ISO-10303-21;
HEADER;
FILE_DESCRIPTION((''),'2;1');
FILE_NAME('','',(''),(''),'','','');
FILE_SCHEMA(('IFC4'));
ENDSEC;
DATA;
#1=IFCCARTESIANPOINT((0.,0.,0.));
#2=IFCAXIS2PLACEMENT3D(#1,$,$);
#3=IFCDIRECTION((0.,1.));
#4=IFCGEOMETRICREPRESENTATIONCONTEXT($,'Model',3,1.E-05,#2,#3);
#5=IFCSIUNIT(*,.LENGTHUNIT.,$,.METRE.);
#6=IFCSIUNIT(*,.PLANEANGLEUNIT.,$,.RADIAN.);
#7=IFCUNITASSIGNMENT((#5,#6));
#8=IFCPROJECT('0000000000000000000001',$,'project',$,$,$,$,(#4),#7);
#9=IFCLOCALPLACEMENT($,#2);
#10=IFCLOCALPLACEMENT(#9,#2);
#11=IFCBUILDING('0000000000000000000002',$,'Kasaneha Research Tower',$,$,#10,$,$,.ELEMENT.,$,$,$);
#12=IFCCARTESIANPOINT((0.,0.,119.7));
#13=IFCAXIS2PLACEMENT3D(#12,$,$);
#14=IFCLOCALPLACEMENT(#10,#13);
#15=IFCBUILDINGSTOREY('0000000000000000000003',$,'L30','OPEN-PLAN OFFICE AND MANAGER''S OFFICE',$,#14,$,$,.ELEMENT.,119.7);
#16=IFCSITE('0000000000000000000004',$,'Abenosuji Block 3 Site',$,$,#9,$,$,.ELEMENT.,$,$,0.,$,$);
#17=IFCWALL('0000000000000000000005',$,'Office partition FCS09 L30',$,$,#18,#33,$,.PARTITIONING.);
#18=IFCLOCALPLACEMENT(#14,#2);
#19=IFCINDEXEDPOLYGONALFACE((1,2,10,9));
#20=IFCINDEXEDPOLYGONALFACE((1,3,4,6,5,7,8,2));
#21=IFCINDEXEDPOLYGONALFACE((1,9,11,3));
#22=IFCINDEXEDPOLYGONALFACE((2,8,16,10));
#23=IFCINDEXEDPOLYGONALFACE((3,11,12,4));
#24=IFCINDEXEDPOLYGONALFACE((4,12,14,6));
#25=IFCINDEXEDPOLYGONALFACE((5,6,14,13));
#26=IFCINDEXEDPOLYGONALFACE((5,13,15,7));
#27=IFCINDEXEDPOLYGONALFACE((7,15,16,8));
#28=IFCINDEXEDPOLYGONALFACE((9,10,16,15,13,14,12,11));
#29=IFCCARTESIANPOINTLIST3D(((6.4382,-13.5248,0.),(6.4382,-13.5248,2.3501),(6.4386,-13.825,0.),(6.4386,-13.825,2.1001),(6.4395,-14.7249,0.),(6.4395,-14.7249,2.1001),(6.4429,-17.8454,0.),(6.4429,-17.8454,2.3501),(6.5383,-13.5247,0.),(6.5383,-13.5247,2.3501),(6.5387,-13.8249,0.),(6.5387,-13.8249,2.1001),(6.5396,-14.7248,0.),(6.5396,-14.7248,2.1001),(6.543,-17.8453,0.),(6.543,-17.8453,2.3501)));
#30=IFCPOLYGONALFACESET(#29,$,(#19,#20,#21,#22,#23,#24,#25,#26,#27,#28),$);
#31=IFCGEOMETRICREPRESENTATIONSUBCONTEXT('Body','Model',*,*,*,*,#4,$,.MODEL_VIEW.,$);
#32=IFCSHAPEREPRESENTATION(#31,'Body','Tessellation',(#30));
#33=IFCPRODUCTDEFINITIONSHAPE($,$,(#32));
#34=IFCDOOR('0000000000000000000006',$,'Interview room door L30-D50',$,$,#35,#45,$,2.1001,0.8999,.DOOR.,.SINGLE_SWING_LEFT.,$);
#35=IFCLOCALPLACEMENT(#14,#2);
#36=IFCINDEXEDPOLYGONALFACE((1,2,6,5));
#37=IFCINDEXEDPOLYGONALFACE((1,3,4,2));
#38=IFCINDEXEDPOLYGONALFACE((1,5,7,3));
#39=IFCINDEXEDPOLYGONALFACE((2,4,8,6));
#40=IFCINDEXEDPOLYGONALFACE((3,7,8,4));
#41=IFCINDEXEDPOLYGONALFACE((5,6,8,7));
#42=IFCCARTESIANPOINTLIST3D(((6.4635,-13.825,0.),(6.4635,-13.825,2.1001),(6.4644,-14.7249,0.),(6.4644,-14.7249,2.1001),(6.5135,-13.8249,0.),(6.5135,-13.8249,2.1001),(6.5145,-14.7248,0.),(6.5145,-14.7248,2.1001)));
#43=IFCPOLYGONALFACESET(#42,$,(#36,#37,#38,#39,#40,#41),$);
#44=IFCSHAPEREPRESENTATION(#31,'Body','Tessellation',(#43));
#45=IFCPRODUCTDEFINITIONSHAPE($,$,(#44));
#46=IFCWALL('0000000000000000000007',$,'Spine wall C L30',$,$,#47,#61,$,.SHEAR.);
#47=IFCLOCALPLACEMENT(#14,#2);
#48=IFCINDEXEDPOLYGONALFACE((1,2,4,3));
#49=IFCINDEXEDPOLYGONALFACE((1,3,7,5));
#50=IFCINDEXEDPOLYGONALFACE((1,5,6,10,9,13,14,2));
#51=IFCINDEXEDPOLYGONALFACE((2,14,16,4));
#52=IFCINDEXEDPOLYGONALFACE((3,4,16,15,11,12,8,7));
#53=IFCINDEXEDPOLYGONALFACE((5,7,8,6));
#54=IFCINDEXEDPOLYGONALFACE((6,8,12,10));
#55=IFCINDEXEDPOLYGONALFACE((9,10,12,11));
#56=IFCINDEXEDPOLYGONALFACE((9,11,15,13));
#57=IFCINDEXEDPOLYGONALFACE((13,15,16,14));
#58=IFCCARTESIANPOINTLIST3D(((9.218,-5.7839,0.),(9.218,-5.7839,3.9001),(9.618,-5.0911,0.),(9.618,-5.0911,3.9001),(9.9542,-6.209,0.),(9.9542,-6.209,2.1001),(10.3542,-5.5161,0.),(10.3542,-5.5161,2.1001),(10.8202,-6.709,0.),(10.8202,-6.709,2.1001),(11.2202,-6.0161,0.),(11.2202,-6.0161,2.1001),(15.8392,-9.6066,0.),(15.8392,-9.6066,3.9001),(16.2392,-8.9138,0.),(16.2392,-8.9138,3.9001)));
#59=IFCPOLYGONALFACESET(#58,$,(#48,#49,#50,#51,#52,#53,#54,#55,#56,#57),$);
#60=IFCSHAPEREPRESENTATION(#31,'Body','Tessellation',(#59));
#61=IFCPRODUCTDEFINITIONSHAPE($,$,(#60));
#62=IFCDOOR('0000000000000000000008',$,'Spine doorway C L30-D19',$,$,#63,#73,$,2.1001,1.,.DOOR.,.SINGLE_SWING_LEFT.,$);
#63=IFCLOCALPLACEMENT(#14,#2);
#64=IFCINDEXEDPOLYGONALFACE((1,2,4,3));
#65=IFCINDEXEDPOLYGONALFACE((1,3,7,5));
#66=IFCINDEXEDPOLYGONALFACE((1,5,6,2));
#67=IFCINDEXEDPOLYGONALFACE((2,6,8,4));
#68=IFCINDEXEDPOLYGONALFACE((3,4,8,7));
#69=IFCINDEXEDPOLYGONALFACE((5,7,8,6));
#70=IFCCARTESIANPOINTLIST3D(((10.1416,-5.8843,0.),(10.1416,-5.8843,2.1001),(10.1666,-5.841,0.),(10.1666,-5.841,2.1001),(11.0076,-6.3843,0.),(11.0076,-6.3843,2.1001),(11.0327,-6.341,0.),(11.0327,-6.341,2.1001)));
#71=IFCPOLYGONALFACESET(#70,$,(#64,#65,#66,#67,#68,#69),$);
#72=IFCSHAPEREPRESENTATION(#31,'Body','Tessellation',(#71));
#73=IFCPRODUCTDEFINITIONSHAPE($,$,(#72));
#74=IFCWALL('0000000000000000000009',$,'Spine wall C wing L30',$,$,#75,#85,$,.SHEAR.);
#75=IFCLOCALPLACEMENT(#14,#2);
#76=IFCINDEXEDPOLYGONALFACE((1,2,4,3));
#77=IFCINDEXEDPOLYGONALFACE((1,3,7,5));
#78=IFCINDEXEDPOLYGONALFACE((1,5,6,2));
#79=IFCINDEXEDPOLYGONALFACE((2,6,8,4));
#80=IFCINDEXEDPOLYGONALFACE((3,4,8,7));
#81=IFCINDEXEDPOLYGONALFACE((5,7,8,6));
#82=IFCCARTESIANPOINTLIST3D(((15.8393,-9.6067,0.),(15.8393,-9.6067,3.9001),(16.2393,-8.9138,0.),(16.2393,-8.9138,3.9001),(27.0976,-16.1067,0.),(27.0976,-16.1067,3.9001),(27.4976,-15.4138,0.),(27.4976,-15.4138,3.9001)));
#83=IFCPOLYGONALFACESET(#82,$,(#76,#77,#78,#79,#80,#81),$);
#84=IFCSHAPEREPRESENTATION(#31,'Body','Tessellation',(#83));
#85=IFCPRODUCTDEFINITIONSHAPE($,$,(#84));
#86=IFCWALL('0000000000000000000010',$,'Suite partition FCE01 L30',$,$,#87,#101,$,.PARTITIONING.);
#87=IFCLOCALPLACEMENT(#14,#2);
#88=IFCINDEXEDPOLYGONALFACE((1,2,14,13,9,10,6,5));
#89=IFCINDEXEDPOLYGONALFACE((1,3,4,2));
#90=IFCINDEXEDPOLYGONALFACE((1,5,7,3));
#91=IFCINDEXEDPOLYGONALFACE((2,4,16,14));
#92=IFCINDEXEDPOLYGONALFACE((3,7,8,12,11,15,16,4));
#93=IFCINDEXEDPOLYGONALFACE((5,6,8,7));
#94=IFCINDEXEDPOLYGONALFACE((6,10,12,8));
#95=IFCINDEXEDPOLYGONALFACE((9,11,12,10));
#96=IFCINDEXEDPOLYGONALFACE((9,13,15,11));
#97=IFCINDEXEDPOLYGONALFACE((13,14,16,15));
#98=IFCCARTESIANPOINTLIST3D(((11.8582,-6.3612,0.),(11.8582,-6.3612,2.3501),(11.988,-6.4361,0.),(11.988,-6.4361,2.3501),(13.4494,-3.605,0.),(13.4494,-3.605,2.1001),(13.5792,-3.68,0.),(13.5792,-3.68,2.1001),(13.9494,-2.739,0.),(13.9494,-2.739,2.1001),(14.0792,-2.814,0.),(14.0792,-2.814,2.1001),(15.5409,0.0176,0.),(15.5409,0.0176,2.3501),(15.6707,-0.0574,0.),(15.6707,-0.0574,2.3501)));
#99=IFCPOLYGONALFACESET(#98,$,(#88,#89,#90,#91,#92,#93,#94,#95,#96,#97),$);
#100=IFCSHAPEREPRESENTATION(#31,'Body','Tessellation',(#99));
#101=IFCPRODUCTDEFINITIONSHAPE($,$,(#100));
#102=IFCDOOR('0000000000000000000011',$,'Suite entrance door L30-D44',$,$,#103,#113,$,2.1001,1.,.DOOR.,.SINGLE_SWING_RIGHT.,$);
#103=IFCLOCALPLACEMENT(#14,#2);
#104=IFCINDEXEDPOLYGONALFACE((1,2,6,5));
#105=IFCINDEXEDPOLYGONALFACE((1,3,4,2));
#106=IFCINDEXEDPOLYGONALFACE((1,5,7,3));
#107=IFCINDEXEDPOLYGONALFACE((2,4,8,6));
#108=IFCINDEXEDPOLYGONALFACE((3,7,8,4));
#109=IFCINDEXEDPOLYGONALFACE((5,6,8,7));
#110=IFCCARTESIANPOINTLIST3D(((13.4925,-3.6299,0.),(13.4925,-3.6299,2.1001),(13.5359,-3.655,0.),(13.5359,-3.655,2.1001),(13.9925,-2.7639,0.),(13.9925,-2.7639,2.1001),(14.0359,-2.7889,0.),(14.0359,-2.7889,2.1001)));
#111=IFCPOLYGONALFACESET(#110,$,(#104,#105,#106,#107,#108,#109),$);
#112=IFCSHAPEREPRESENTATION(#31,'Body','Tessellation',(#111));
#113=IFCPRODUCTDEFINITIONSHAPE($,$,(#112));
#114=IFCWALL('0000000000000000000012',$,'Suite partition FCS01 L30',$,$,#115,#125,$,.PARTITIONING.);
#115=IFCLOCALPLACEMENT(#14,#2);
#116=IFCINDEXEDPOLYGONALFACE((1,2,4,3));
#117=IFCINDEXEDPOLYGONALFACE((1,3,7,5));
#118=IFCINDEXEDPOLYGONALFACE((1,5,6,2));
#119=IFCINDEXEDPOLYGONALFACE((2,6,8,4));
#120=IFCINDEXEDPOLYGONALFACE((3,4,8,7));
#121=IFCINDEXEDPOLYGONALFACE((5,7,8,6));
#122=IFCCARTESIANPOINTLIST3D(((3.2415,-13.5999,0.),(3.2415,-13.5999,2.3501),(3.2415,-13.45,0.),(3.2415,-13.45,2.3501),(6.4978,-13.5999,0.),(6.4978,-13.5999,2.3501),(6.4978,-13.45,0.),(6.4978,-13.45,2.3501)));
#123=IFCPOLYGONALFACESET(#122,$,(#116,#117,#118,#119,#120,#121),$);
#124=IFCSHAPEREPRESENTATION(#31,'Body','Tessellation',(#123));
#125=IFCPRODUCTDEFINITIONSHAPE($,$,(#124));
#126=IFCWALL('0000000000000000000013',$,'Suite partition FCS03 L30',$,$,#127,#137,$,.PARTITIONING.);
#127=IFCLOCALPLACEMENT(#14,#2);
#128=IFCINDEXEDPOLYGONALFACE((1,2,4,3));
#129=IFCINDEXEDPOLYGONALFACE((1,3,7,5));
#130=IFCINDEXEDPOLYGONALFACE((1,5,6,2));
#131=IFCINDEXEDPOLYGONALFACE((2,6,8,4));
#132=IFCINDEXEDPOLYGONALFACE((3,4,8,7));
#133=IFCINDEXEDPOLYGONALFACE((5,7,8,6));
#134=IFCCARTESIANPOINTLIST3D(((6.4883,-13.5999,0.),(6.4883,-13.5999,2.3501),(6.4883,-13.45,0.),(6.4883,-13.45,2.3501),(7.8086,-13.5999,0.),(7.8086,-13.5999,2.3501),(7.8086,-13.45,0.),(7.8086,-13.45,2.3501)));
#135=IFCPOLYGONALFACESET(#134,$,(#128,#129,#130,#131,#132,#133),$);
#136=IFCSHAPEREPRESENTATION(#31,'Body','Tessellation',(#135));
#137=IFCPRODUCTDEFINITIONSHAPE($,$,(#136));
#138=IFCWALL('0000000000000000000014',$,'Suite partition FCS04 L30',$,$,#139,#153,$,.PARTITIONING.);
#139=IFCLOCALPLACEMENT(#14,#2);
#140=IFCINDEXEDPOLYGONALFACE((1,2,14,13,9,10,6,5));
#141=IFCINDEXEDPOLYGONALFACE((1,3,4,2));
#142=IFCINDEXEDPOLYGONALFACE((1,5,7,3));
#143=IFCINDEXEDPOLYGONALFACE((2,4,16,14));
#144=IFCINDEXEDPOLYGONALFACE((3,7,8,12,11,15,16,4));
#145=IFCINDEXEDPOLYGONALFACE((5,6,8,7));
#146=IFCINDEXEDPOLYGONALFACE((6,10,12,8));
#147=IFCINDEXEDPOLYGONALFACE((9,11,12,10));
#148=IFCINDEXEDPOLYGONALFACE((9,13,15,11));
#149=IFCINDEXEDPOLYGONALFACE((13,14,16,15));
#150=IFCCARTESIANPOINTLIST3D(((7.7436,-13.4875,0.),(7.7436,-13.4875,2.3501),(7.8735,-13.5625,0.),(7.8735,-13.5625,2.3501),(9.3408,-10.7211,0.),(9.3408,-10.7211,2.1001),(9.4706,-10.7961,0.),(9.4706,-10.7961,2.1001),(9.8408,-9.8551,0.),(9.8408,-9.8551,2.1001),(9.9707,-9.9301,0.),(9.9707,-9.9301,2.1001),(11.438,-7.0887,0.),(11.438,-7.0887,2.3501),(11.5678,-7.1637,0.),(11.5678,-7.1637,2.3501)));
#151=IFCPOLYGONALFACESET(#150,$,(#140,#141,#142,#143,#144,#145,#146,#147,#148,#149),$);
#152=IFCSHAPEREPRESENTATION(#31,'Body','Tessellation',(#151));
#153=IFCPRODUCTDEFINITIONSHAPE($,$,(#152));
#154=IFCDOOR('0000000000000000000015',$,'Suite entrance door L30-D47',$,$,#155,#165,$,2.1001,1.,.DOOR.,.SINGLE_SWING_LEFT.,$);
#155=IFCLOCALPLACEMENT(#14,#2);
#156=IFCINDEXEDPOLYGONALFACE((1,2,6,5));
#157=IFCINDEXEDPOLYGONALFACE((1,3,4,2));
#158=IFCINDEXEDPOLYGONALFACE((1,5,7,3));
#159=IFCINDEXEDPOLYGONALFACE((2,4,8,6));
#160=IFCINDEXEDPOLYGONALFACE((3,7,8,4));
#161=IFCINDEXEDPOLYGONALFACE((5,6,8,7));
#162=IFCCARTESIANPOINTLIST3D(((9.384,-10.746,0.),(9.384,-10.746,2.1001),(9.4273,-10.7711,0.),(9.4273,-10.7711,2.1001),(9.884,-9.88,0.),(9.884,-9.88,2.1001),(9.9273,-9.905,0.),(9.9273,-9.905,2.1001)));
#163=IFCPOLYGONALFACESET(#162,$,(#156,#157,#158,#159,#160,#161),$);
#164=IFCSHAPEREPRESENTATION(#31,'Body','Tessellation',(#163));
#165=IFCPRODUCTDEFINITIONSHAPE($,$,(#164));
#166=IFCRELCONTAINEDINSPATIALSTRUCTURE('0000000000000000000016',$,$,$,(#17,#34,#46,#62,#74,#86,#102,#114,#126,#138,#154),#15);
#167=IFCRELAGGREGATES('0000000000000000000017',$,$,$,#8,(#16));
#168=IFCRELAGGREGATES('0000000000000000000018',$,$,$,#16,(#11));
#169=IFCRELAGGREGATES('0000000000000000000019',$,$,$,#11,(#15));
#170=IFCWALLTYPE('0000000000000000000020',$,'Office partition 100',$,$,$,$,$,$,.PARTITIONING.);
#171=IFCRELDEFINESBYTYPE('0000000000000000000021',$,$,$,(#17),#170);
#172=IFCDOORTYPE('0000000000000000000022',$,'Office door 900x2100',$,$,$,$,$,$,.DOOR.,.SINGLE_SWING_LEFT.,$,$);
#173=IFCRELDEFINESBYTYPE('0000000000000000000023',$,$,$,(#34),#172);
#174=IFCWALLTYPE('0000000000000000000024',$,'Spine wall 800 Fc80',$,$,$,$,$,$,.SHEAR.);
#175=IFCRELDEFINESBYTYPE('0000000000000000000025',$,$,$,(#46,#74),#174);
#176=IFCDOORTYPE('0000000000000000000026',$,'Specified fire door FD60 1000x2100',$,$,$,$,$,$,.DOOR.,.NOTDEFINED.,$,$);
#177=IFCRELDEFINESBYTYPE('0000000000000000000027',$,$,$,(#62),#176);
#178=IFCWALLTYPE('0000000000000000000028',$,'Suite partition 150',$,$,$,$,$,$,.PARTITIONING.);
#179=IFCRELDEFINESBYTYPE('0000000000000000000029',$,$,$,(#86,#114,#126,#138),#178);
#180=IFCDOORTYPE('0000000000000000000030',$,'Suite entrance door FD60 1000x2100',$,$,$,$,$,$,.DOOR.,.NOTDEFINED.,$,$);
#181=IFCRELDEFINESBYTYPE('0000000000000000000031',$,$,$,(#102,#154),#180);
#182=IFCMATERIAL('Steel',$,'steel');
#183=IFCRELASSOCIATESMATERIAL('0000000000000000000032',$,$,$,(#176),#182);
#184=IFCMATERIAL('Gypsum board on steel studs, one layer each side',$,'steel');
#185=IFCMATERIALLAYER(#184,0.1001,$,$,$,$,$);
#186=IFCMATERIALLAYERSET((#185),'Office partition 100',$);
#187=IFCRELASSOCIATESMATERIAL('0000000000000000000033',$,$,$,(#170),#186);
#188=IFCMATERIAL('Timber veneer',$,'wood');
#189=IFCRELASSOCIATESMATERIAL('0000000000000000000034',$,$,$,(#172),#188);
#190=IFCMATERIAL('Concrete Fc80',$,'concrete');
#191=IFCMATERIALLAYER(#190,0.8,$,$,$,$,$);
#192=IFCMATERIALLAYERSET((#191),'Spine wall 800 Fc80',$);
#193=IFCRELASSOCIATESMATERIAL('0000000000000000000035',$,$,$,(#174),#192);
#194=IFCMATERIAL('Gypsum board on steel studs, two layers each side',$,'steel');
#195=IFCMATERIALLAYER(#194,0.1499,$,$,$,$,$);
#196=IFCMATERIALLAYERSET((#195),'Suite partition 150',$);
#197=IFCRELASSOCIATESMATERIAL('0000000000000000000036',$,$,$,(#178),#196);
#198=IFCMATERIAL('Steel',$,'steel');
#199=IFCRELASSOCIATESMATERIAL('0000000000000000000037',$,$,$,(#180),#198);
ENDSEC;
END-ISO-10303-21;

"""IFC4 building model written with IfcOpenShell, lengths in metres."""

from ifc_helpers import new_model, si_unit, direction, frame, frame_2d, origin, place, context, subcontext, project, spatial, rectangle, extrude, material, layer, layer_set, type_object, element, fill, save


model = new_model("IFC4")

# Units and contexts
model_context = context("Model", 3, precision=1e-05, world=origin(), true_north=direction((0.0, 1.0)))
body_context = subcontext(model_context, "Body", "Model", "MODEL_VIEW")
ifc_project = project(units=[si_unit("LENGTHUNIT", "METRE"), si_unit("PLANEANGLEUNIT", "RADIAN")], contexts=[model_context])

# Site, building, storey
site_placement = place(None, origin())
site = spatial("IfcSite", under=ifc_project, at=site_placement, Name="Abenosuji Block 3 Site", CompositionType="ELEMENT", RefElevation=0.0)
building_placement = place(site_placement, origin())
building = spatial("IfcBuilding", under=site, at=building_placement, Name="Kasaneha Research Tower", CompositionType="ELEMENT")
storey_placement = place(building_placement, frame((0.0, 0.0, 119.7)))
storey = spatial("IfcBuildingStorey", under=building, at=storey_placement, Name="L30", Description="OPEN-PLAN OFFICE AND MANAGER'S OFFICE", CompositionType="ELEMENT", Elevation=119.7)

# Shared definitions
ifc_material_1 = material(Name="Steel", Category="steel")
door_type_1 = type_object("IfcDoorType", Name="Specified fire door FD60 1000x2100", OperationType="NOTDEFINED", PredefinedType="DOOR", material=ifc_material_1)

# Walls, openings, doors
ifc_material_2 = material(Name="Gypsum board on steel studs, one layer each side", Category="steel")
ifc_layer_1 = layer(ifc_material_2, 0.1001)
ifc_layer_set_1 = layer_set([ifc_layer_1], Name="Office partition 100")
wall_type_1 = type_object("IfcWallType", Name="Office partition 100", PredefinedType="PARTITIONING", material=ifc_layer_set_1)
wall_1_placement = place(storey_placement, frame((6.4883, -13.5249, 0.0), z_axis=(0.0, 0.0, 1.0), x_axis=(0.001074, -0.999999, 0.0)))
wall_1 = element("IfcWall", 1, at=wall_1_placement, inside=storey, type_object=wall_type_1, Name="Office partition FCS09 L30", PredefinedType="PARTITIONING", context=body_context, shape_type="SweptSolid", body=[
    extrude(rectangle(XDim=4.3206, YDim=0.1001, at=frame_2d((2.1602, 0.0))), origin(), (0.0, 0.0, 1.0), 2.3501),
])
opening_1_placement = place(wall_1_placement, frame((0.3, 0.0, 0.0)))
opening_1 = element("IfcOpeningElement", 2, at=opening_1_placement, cuts=wall_1, PredefinedType="OPENING", context=body_context, shape_type="SweptSolid", body=[
    extrude(rectangle(XDim=0.8999, YDim=2.1001, at=frame_2d((0.45, 1.05))), frame((0.0, 0.0601, 0.0), z_axis=(0.0, -1.0, 0.0), x_axis=(1.0, 0.0, 0.0)), (0.0, 0.0, 1.0), 0.1201),
])
ifc_material_3 = material(Name="Timber veneer", Category="wood")
door_type_2 = type_object("IfcDoorType", Name="Office door 900x2100", OperationType="SINGLE_SWING_LEFT", PredefinedType="DOOR", material=ifc_material_3)
door_1_placement = place(opening_1_placement, origin())
door_1 = element("IfcDoor", 3, at=door_1_placement, inside=storey, type_object=door_type_2, Name="Interview room door L30-D50", OperationType="SINGLE_SWING_LEFT", OverallHeight=2.1001, OverallWidth=0.8999, PredefinedType="DOOR", context=body_context, shape_type="SweptSolid", body=[
    extrude(rectangle(XDim=0.8999, YDim=2.1001, at=frame_2d((0.45, 1.05))), frame((0.0, 0.0249, 0.0), z_axis=(0.0, -1.0, 0.0), x_axis=(1.0, 0.0, 0.0)), (0.0, 0.0, 1.0), 0.05),
])
fill(opening_1, door_1)
ifc_material_4 = material(Name="Concrete Fc80", Category="concrete")
ifc_layer_2 = layer(ifc_material_4, 0.8)
ifc_layer_set_2 = layer_set([ifc_layer_2], Name="Spine wall 800 Fc80")
wall_type_2 = type_object("IfcWallType", Name="Spine wall 800 Fc80", PredefinedType="SHEAR", material=ifc_layer_set_2)
wall_2_placement = place(storey_placement, frame((9.418, -5.4375, 0.0), z_axis=(0.0, 0.0, 1.0), x_axis=(0.86603, -0.499992, 0.0)))
wall_2 = element("IfcWall", 4, at=wall_2_placement, inside=storey, type_object=wall_type_2, Name="Spine wall C L30", PredefinedType="SHEAR", context=body_context, shape_type="SweptSolid", body=[
    extrude(rectangle(XDim=7.6455, YDim=0.8, at=frame_2d((3.8228, 0.0))), origin(), (0.0, 0.0, 1.0), 3.9001),
])
opening_2_placement = place(wall_2_placement, frame((0.8501, 0.0, 0.0)))
opening_2 = element("IfcOpeningElement", 5, at=opening_2_placement, cuts=wall_2, PredefinedType="OPENING", context=body_context, shape_type="SweptSolid", body=[
    extrude(rectangle(XDim=1.0, YDim=2.1001, at=frame_2d((0.5, 1.05))), frame((0.0, 0.4102, 0.0), z_axis=(0.0, -1.0, 0.0), x_axis=(1.0, 0.0, 0.0)), (0.0, 0.0, 1.0), 0.8201),
])
door_2_placement = place(opening_2_placement, origin())
door_2 = element("IfcDoor", 6, at=door_2_placement, inside=storey, type_object=door_type_1, Name="Spine doorway C L30-D19", OperationType="SINGLE_SWING_LEFT", OverallHeight=2.1001, OverallWidth=1.0, PredefinedType="DOOR", context=body_context, shape_type="SweptSolid", body=[
    extrude(rectangle(XDim=1.0, YDim=2.1001, at=frame_2d((0.5, 1.05))), frame((0.0, 0.0249, 0.0), z_axis=(0.0, -1.0, 0.0), x_axis=(1.0, 0.0, 0.0)), (0.0, 0.0, 1.0), 0.05),
])
fill(opening_2, door_2)

# Wall
wall_3_placement = place(storey_placement, frame((16.0393, -9.2603, 0.0), z_axis=(0.0, 0.0, 1.0), x_axis=(0.866025, -0.500001, 0.0)))
element("IfcWall", 7, at=wall_3_placement, inside=storey, type_object=wall_type_2, Name="Spine wall C wing L30", PredefinedType="SHEAR", context=body_context, shape_type="SweptSolid", body=[
    extrude(rectangle(XDim=13.0, YDim=0.8, at=frame_2d((6.5, 0.0))), origin(), (0.0, 0.0, 1.0), 3.9001),
])

# Wall, opening, door
ifc_material_5 = material(Name="Gypsum board on steel studs, two layers each side", Category="steel")
ifc_layer_3 = layer(ifc_material_5, 0.1499)
ifc_layer_set_3 = layer_set([ifc_layer_3], Name="Suite partition 150")
wall_type_3 = type_object("IfcWallType", Name="Suite partition 150", PredefinedType="PARTITIONING", material=ifc_layer_set_3)
wall_4_placement = place(storey_placement, frame((15.6057, -0.02, 0.0), z_axis=(0.0, 0.0, 1.0), x_axis=(-0.499989, -0.866032, 0.0)))
wall_4 = element("IfcWall", 8, at=wall_4_placement, inside=storey, type_object=wall_type_3, Name="Suite partition FCE01 L30", PredefinedType="PARTITIONING", context=body_context, shape_type="SweptSolid", body=[
    extrude(rectangle(XDim=7.3655, YDim=0.1499, at=frame_2d((3.6826, 0.0))), origin(), (0.0, 0.0, 1.0), 2.3501),
])
opening_3_placement = place(wall_4_placement, frame((3.1829, 0.0, 0.0)))
opening_3 = element("IfcOpeningElement", 9, at=opening_3_placement, cuts=wall_4, PredefinedType="OPENING", context=body_context, shape_type="SweptSolid", body=[
    extrude(rectangle(XDim=1.0, YDim=2.1001, at=frame_2d((0.5, 1.05))), frame((0.0, 0.085, 0.0), z_axis=(0.0, -1.0, 0.0), x_axis=(1.0, 0.0, 0.0)), (0.0, 0.0, 1.0), 0.1699),
])
ifc_material_6 = material(Name="Steel", Category="steel")
door_type_3 = type_object("IfcDoorType", Name="Suite entrance door FD60 1000x2100", OperationType="NOTDEFINED", PredefinedType="DOOR", material=ifc_material_6)
door_3_placement = place(opening_3_placement, origin())
door_3 = element("IfcDoor", 10, at=door_3_placement, inside=storey, type_object=door_type_3, Name="Suite entrance door L30-D44", OperationType="SINGLE_SWING_RIGHT", OverallHeight=2.1001, OverallWidth=1.0, PredefinedType="DOOR", context=body_context, shape_type="SweptSolid", body=[
    extrude(rectangle(XDim=1.0, YDim=2.1001, at=frame_2d((0.5, 1.05))), frame((0.0, 0.0249, 0.0), z_axis=(0.0, -1.0, 0.0), x_axis=(1.0, 0.0, 0.0)), (0.0, 0.0, 1.0), 0.05),
])
fill(opening_3, door_3)

# Walls
wall_5_placement = place(storey_placement, frame((6.4978, -13.5249, 0.0), z_axis=(0.0, 0.0, 1.0), x_axis=(-1.0, 0.0, 0.0)))
element("IfcWall", 11, at=wall_5_placement, inside=storey, type_object=wall_type_3, Name="Suite partition FCS01 L30", PredefinedType="PARTITIONING", context=body_context, shape_type="SweptSolid", body=[
    extrude(rectangle(XDim=3.2563, YDim=0.1499, at=frame_2d((1.6282, 0.0))), origin(), (0.0, 0.0, 1.0), 2.3501),
])
wall_6_placement = place(storey_placement, frame((7.8086, -13.5249, 0.0), z_axis=(0.0, 0.0, 1.0), x_axis=(-1.0, 0.0, 0.0)))
element("IfcWall", 12, at=wall_6_placement, inside=storey, type_object=wall_type_3, Name="Suite partition FCS03 L30", PredefinedType="PARTITIONING", context=body_context, shape_type="SweptSolid", body=[
    extrude(rectangle(XDim=1.3203, YDim=0.1499, at=frame_2d((0.6602, 0.0))), origin(), (0.0, 0.0, 1.0), 2.3501),
])

# Wall, opening, door
wall_7_placement = place(storey_placement, frame((11.5029, -7.1262, 0.0), z_axis=(0.0, 0.0, 1.0), x_axis=(-0.500006, -0.866022, 0.0)))
wall_7 = element("IfcWall", 13, at=wall_7_placement, inside=storey, type_object=wall_type_3, Name="Suite partition FCS04 L30", PredefinedType="PARTITIONING", context=body_context, shape_type="SweptSolid", body=[
    extrude(rectangle(XDim=7.3887, YDim=0.1499, at=frame_2d((3.6943, 0.0))), origin(), (0.0, 0.0, 1.0), 2.3501),
])
opening_4_placement = place(wall_7_placement, frame((3.1943, 0.0, 0.0)))
opening_4 = element("IfcOpeningElement", 14, at=opening_4_placement, cuts=wall_7, PredefinedType="OPENING", context=body_context, shape_type="SweptSolid", body=[
    extrude(rectangle(XDim=1.0, YDim=2.1001, at=frame_2d((0.5, 1.05))), frame((0.0, 0.085, 0.0), z_axis=(0.0, -1.0, 0.0), x_axis=(1.0, 0.0, 0.0)), (0.0, 0.0, 1.0), 0.1699),
])
door_4_placement = place(opening_4_placement, origin())
door_4 = element("IfcDoor", 15, at=door_4_placement, inside=storey, type_object=door_type_3, Name="Suite entrance door L30-D47", OperationType="SINGLE_SWING_LEFT", OverallHeight=2.1001, OverallWidth=1.0, PredefinedType="DOOR", context=body_context, shape_type="SweptSolid", body=[
    extrude(rectangle(XDim=1.0, YDim=2.1001, at=frame_2d((0.5, 1.05))), frame((0.0, 0.0249, 0.0), z_axis=(0.0, -1.0, 0.0), x_axis=(1.0, 0.0, 0.0)), (0.0, 0.0, 1.0), 0.05),
])
fill(opening_4, door_4)

save(model, "model.ifc")
